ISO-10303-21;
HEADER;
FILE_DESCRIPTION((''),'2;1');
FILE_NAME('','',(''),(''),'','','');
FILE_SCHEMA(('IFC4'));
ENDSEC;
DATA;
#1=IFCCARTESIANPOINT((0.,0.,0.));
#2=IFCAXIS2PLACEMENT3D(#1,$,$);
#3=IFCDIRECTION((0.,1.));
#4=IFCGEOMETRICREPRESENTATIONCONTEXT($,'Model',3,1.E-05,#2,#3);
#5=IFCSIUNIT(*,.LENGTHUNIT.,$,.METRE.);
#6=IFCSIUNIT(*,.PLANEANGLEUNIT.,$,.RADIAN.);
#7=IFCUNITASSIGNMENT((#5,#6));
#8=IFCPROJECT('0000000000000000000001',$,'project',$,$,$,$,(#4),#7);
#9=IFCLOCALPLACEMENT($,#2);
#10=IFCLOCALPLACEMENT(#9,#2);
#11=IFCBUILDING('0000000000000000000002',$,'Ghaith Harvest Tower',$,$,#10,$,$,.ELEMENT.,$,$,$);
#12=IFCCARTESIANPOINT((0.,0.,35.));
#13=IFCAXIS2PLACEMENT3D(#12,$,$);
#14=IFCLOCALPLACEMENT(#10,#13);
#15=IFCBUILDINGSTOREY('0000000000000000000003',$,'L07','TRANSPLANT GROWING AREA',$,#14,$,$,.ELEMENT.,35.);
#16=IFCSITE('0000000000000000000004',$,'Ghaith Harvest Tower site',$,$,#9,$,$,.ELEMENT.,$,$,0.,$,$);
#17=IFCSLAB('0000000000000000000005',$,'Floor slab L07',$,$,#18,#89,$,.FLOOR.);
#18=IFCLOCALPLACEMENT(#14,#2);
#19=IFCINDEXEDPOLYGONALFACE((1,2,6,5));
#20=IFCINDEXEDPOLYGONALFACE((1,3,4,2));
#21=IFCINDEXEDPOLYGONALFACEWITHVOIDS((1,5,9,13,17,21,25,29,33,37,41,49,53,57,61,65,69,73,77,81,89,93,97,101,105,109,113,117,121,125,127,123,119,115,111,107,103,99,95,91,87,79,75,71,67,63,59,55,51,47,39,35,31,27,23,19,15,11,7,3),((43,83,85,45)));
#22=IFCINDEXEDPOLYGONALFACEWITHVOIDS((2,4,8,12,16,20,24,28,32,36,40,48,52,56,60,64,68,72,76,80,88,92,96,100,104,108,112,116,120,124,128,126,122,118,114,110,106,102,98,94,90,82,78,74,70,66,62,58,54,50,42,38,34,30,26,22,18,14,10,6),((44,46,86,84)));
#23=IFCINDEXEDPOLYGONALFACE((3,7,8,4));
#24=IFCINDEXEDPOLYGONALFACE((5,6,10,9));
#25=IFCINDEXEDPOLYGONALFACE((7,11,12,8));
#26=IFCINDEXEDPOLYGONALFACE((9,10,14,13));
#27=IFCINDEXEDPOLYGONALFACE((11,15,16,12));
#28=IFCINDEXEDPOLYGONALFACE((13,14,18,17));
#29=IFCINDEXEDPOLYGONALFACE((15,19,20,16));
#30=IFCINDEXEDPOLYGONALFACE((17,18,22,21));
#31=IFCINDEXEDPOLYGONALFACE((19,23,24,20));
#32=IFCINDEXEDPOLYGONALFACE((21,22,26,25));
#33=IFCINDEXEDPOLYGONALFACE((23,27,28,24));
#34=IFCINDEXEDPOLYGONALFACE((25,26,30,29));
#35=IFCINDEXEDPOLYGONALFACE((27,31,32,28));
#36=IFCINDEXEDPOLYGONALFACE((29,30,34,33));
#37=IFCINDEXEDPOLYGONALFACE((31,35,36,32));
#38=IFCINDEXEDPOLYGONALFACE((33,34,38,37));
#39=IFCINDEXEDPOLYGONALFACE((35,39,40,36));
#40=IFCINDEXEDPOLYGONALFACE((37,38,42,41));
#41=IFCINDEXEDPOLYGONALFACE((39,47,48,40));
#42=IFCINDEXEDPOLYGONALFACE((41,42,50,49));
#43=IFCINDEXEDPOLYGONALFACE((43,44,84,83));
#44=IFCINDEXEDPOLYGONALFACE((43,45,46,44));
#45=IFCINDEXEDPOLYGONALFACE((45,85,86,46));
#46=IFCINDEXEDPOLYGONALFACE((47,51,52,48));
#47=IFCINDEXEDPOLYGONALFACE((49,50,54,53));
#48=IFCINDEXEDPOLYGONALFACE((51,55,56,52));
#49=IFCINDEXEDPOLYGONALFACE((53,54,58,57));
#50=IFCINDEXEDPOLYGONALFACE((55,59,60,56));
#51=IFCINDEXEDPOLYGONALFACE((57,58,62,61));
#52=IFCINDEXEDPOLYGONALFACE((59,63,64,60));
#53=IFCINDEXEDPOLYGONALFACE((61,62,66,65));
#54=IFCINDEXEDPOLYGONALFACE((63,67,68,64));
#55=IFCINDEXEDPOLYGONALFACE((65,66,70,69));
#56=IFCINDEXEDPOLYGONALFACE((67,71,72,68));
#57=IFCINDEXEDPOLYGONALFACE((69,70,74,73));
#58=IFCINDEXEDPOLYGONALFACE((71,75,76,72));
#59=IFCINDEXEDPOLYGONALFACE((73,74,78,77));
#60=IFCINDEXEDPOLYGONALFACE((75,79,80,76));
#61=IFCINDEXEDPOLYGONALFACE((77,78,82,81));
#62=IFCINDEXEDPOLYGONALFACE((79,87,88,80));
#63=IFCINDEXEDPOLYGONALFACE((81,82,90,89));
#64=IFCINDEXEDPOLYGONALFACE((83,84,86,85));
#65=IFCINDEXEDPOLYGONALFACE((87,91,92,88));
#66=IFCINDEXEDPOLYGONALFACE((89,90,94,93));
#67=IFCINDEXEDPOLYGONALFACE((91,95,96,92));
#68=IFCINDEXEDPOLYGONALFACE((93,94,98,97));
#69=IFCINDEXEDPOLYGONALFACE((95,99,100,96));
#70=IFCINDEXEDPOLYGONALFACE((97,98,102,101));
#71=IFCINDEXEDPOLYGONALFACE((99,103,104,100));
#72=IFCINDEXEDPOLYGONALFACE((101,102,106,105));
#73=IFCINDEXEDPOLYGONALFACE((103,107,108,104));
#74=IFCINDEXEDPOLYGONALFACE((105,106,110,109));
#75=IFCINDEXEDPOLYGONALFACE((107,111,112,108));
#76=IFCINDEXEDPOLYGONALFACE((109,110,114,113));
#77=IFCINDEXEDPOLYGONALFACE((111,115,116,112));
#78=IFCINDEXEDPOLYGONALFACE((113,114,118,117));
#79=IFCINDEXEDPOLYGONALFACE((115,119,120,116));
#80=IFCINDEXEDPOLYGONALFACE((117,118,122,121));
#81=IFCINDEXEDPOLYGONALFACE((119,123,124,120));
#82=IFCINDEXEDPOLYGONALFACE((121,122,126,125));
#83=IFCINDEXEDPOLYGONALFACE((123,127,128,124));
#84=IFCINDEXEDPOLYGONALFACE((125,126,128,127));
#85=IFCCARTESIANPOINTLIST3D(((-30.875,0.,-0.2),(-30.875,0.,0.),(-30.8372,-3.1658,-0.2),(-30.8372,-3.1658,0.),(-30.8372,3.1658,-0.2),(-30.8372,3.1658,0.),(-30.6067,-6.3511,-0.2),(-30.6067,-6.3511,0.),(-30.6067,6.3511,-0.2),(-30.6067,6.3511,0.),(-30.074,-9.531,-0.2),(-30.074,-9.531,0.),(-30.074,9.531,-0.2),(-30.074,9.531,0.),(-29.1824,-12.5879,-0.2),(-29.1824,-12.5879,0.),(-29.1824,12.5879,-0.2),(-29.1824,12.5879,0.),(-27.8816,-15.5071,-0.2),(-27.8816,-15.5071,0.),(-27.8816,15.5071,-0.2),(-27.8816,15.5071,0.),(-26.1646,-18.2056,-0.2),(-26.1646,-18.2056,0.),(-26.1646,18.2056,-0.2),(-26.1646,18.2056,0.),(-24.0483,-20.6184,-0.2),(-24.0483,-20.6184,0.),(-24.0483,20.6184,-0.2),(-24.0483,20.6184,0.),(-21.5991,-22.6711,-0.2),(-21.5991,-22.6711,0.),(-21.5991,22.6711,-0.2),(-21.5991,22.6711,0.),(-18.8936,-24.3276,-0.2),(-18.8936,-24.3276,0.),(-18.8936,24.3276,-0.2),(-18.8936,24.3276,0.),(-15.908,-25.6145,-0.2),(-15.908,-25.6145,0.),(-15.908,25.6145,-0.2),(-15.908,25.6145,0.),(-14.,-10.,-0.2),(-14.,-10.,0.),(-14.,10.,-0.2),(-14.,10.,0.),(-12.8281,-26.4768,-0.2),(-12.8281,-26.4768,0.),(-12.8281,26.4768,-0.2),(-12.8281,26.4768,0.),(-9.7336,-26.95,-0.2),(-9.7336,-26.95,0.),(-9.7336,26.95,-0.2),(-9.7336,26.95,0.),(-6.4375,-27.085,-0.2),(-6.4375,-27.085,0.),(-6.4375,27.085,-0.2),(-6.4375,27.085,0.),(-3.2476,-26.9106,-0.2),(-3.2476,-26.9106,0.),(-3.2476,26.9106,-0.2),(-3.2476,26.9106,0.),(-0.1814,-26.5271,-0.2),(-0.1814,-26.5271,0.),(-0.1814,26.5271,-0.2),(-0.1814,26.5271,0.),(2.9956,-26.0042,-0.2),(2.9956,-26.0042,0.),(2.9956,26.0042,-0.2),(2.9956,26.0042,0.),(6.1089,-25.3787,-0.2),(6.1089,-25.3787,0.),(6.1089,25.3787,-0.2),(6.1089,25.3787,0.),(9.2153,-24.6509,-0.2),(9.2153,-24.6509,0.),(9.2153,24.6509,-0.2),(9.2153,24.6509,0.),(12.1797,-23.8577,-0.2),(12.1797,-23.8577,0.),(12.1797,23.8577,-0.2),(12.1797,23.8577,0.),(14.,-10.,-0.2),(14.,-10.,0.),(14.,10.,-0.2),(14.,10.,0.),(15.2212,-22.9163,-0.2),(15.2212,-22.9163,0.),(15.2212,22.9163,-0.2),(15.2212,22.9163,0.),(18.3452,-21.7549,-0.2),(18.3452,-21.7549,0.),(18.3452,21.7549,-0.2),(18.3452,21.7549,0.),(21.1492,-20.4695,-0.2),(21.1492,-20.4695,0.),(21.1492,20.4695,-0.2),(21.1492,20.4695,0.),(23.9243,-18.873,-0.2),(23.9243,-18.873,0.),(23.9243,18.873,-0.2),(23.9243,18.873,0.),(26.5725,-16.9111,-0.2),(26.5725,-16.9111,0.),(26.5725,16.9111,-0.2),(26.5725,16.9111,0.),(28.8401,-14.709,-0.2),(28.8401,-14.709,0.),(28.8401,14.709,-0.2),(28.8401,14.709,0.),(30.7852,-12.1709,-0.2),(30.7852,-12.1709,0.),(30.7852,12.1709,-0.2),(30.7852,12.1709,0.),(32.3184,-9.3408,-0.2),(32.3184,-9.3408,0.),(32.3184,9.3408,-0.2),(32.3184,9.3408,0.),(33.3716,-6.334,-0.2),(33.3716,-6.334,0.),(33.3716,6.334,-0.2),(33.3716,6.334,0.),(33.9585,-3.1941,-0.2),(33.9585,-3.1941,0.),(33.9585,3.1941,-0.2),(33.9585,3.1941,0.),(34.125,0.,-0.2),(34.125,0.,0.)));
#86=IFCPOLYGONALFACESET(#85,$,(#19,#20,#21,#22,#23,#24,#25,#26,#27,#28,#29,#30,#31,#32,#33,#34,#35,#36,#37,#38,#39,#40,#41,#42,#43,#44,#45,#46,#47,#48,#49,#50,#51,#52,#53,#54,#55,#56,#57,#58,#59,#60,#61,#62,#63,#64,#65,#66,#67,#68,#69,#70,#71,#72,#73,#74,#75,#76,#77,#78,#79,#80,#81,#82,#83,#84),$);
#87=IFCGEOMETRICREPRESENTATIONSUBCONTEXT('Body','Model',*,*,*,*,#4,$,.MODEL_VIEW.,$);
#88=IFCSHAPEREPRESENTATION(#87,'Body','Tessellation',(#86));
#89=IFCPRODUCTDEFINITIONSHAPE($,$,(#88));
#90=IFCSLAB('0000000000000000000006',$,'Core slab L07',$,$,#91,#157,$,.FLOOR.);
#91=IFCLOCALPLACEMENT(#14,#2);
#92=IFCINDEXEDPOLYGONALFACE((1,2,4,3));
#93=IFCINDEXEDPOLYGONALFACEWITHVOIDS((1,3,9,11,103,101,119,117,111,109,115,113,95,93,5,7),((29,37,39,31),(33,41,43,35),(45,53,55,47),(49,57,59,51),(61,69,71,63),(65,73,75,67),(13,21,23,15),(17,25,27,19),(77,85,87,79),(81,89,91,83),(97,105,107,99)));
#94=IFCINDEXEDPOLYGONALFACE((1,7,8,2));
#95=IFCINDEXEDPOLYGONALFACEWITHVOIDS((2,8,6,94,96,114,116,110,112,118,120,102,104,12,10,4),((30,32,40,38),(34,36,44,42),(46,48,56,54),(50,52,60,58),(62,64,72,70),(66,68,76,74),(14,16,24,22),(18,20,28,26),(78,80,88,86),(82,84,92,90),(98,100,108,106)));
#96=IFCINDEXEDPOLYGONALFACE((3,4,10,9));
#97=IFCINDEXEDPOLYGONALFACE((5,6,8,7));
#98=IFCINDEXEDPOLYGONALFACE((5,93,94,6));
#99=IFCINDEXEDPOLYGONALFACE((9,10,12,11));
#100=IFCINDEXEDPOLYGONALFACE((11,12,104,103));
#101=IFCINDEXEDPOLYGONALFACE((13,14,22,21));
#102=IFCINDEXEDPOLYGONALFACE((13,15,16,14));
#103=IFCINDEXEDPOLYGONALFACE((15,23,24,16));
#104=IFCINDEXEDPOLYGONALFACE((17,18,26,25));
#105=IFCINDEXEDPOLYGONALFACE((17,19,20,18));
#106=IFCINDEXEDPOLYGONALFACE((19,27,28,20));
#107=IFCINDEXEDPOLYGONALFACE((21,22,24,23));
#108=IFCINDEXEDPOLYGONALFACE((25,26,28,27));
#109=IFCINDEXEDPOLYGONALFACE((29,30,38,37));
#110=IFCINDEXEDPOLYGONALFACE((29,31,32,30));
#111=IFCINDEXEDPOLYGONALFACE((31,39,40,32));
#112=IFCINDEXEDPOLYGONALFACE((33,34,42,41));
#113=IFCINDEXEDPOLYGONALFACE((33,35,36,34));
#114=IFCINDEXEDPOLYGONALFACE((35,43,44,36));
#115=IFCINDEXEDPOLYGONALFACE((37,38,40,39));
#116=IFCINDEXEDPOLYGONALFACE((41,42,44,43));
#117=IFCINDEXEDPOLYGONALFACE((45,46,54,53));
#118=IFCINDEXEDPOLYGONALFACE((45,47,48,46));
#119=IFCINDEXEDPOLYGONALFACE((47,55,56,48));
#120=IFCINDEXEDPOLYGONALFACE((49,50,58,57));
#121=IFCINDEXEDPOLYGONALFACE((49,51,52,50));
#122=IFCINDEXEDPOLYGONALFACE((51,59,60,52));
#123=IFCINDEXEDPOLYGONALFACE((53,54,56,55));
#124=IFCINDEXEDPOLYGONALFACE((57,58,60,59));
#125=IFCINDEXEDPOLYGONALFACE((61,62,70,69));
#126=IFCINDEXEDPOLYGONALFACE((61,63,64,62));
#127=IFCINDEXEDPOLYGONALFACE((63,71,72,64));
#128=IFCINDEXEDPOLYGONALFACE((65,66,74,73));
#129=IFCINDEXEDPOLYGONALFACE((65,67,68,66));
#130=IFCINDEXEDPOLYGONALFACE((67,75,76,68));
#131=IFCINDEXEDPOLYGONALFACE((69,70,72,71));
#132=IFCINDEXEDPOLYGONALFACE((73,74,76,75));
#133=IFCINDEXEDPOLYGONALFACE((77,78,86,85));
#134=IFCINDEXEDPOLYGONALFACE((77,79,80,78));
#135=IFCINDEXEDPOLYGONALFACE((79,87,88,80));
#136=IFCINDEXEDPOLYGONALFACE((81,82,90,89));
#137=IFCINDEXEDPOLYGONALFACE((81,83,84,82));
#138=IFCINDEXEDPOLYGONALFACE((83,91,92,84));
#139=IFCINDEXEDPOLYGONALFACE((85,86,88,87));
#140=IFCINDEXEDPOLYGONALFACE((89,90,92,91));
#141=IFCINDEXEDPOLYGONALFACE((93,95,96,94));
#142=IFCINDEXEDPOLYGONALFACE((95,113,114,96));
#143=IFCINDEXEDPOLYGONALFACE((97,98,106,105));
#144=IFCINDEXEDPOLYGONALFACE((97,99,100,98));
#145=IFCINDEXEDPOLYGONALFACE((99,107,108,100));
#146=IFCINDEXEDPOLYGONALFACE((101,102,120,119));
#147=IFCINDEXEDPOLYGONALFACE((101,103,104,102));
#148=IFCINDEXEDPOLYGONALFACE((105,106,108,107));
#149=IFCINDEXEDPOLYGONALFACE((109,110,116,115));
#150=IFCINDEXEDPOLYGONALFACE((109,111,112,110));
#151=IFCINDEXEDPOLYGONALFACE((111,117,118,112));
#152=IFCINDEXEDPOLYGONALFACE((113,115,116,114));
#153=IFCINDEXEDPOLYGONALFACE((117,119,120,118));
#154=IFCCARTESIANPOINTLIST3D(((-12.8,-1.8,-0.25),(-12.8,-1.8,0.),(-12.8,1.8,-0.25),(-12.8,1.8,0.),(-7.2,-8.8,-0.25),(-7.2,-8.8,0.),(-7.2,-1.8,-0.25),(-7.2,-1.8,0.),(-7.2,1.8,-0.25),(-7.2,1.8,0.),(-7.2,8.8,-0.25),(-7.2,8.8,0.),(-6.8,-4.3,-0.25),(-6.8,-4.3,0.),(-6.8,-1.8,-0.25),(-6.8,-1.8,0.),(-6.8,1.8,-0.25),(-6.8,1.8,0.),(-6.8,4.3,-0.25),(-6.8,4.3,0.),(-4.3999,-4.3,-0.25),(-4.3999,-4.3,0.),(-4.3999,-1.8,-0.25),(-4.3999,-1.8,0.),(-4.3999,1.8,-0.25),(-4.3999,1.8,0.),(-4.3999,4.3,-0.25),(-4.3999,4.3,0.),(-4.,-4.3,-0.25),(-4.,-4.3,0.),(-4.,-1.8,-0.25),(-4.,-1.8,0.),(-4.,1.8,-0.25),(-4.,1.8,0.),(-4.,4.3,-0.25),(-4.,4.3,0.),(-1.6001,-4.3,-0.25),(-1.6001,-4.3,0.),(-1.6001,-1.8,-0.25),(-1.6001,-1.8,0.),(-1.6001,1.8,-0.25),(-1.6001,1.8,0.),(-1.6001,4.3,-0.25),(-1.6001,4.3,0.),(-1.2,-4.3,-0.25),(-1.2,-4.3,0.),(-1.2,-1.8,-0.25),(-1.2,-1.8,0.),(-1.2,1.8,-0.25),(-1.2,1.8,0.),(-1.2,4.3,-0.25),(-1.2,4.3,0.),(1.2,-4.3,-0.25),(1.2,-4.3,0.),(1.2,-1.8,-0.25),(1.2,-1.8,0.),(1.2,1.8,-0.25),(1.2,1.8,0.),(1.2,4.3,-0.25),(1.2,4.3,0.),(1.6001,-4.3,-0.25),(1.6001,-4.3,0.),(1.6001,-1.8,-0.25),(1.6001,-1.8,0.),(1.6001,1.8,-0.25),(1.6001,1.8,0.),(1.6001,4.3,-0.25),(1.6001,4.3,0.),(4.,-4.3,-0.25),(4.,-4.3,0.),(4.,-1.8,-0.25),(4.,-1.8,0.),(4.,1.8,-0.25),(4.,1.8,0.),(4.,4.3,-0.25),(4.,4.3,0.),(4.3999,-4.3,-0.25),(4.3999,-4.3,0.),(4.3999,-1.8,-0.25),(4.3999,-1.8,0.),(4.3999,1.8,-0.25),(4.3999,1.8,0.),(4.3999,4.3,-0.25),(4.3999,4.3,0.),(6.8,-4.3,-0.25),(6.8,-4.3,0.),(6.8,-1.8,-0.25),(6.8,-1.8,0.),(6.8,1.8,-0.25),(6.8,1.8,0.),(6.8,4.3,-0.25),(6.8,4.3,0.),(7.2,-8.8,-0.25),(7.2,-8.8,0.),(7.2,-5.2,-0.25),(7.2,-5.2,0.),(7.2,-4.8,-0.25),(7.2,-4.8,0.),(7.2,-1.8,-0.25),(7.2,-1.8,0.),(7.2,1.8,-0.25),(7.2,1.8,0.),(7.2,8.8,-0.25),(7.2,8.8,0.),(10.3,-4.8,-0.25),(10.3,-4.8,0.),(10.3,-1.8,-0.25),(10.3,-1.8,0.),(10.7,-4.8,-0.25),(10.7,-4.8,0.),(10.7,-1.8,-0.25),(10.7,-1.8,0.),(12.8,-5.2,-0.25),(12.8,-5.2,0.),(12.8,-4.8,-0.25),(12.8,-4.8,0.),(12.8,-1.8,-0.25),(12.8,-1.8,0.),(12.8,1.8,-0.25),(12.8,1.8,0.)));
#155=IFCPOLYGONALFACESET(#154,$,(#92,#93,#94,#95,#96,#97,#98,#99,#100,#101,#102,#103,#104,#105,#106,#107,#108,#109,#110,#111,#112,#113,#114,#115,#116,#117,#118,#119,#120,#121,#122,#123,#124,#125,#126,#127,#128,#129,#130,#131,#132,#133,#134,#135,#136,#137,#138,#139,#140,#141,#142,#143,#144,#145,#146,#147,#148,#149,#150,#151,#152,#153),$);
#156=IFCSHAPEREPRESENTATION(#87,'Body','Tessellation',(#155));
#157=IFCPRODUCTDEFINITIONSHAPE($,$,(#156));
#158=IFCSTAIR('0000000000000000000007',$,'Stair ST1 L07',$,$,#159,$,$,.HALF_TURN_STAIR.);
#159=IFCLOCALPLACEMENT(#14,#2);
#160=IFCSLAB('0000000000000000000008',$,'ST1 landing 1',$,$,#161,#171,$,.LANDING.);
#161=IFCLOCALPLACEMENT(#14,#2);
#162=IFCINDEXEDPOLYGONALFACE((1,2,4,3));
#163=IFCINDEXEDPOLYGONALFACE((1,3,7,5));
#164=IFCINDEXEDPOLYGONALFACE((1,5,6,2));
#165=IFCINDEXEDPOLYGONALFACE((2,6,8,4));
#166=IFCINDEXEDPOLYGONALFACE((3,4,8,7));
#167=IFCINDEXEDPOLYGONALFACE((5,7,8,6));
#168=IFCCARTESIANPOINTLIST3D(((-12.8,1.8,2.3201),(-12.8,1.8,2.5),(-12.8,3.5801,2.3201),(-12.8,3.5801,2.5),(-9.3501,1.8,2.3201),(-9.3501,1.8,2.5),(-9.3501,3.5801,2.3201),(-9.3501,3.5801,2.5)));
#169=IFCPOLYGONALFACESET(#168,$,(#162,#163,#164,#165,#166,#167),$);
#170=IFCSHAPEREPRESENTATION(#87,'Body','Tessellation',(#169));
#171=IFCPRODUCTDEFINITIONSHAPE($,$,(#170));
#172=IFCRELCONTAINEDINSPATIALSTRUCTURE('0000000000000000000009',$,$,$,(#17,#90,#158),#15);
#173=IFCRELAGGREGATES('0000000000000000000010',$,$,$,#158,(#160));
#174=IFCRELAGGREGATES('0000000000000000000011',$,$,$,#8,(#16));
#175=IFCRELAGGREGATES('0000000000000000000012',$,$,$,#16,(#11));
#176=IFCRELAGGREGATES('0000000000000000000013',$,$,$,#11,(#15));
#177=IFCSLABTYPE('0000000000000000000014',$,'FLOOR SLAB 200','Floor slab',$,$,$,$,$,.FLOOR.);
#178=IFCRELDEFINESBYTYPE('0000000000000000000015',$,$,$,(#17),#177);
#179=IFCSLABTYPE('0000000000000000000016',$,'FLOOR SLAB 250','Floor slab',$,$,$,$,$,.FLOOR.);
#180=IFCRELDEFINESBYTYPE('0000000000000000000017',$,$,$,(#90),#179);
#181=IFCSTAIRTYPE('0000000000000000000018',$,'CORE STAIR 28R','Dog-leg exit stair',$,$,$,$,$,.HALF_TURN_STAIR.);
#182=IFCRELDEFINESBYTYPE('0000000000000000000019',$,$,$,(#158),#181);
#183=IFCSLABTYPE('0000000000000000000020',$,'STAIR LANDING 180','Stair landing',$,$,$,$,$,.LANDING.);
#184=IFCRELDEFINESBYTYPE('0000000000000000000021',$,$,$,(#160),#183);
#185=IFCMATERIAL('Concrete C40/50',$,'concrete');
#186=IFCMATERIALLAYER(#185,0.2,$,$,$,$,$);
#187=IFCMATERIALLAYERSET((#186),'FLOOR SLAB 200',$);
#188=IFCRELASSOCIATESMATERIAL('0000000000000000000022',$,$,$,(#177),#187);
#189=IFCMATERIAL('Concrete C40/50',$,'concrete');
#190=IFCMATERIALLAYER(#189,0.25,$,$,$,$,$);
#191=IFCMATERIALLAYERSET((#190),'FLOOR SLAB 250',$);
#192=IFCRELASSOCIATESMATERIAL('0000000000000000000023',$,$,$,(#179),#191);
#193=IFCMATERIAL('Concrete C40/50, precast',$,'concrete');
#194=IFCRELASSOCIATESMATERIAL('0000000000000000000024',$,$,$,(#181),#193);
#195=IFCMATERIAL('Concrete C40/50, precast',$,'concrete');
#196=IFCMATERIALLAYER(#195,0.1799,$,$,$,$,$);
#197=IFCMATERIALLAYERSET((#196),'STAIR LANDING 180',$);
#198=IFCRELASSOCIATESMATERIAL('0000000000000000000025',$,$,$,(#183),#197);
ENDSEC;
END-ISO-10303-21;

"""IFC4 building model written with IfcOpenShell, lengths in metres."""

from ifc_helpers import new_model, si_unit, direction, frame, origin, place, context, subcontext, project, spatial, polyline, outline, extrude, material, layer, layer_set, type_object, element, aggregate, save


model = new_model("IFC4")

# Units and contexts
model_context = context("Model", 3, precision=1e-05, world=origin(), true_north=direction((0.0, 1.0)))
body_context = subcontext(model_context, "Body", "Model", "MODEL_VIEW")
ifc_project = project(units=[si_unit("LENGTHUNIT", "METRE"), si_unit("PLANEANGLEUNIT", "RADIAN")], contexts=[model_context])

# Site, building, storey
site_placement = place(None, origin())
site = spatial("IfcSite", under=ifc_project, at=site_placement, Name="Ghaith Harvest Tower site", CompositionType="ELEMENT", RefElevation=0.0)
building_placement = place(site_placement, origin())
building = spatial("IfcBuilding", under=site, at=building_placement, Name="Ghaith Harvest Tower", CompositionType="ELEMENT")
storey_placement = place(building_placement, frame((0.0, 0.0, 35.0)))
storey = spatial("IfcBuildingStorey", under=building, at=storey_placement, Name="L07", Description="TRANSPLANT GROWING AREA", CompositionType="ELEMENT", Elevation=35.0)

# Slabs
ifc_material_1 = material(Name="Concrete C40/50", Category="concrete")
ifc_layer_1 = layer(ifc_material_1, 0.2)
ifc_layer_set_1 = layer_set([ifc_layer_1], Name="FLOOR SLAB 200")
slab_type_1 = type_object("IfcSlabType", Name="FLOOR SLAB 200", Description="Floor slab", PredefinedType="FLOOR", material=ifc_layer_set_1)
slab_1_placement = place(storey_placement, frame((0.0, 0.0, -0.2)))
element("IfcSlab", 1, at=slab_1_placement, inside=storey, type_object=slab_type_1, Name="Floor slab L07", PredefinedType="FLOOR", context=body_context, shape_type="SweptSolid", body=[
    extrude(outline(polyline([(34.125, 0.0), (33.9585, 3.1941), (33.3716, 6.334), (32.3184, 9.3408), (30.7852, 12.1709), (28.8401, 14.709), (26.5725, 16.9111), (23.9243, 18.873), (21.1492, 20.4695), (18.3452, 21.7549), (15.2212, 22.9163), (12.1797, 23.8577), (9.2153, 24.6509), (6.1089, 25.3787), (2.9956, 26.0042), (-0.1814, 26.5271), (-3.2476, 26.9106), (-6.4375, 27.085), (-9.7336, 26.95), (-12.8281, 26.4768), (-15.908, 25.6145), (-18.8936, 24.3276), (-21.5991, 22.6711), (-24.0483, 20.6184), (-26.1646, 18.2056), (-27.8816, 15.5071), (-29.1824, 12.5879), (-30.074, 9.531), (-30.6067, 6.3511), (-30.8372, 3.1658), (-30.875, 0.0), (-30.8372, -3.1658), (-30.6067, -6.3511), (-30.074, -9.531), (-29.1824, -12.5879), (-27.8816, -15.5071), (-26.1646, -18.2056), (-24.0483, -20.6184), (-21.5991, -22.6711), (-18.8936, -24.3276), (-15.908, -25.6145), (-12.8281, -26.4768), (-9.7336, -26.95), (-6.4375, -27.085), (-3.2476, -26.9106), (-0.1814, -26.5271), (2.9956, -26.0042), (6.1089, -25.3787), (9.2153, -24.6509), (12.1797, -23.8577), (15.2212, -22.9163), (18.3452, -21.7549), (21.1492, -20.4695), (23.9243, -18.873), (26.5725, -16.9111), (28.8401, -14.709), (30.7852, -12.1709), (32.3184, -9.3408), (33.3716, -6.334), (33.9585, -3.1941), (34.125, 0.0)]), holes=[polyline([(-14.0, -10.0), (14.0, -10.0), (14.0, 10.0), (-14.0, 10.0), (-14.0, -10.0)])]), origin(), (0.0, 0.0, 1.0), 0.2),
])
ifc_material_2 = material(Name="Concrete C40/50", Category="concrete")
ifc_layer_2 = layer(ifc_material_2, 0.25)
ifc_layer_set_2 = layer_set([ifc_layer_2], Name="FLOOR SLAB 250")
slab_type_2 = type_object("IfcSlabType", Name="FLOOR SLAB 250", Description="Floor slab", PredefinedType="FLOOR", material=ifc_layer_set_2)
slab_2_placement = place(storey_placement, frame((0.0, 0.0, -0.25)))
element("IfcSlab", 2, at=slab_2_placement, inside=storey, type_object=slab_type_2, Name="Core slab L07", PredefinedType="FLOOR", context=body_context, shape_type="SweptSolid", body=[
    extrude(outline(polyline([(-12.8, 1.8), (-7.2, 1.8), (-7.2, 8.8), (7.2, 8.8), (7.2, 1.8), (12.8, 1.8), (12.8, -1.8), (10.7, -1.8), (10.7, -4.8), (12.8, -4.8), (12.8, -5.2), (7.2, -5.2), (7.2, -8.8), (-7.2, -8.8), (-7.2, -1.8), (-12.8, -1.8), (-12.8, 1.8)]), holes=[polyline([(-4.3999, -4.3), (-4.3999, -1.8), (-6.8, -1.8), (-6.8, -4.3), (-4.3999, -4.3)]), polyline([(-1.6001, -4.3), (-1.6001, -1.8), (-4.0, -1.8), (-4.0, -4.3), (-1.6001, -4.3)]), polyline([(1.2, -4.3), (1.2, -1.8), (-1.2, -1.8), (-1.2, -4.3), (1.2, -4.3)]), polyline([(-4.3999, 1.8), (-4.3999, 4.3), (-6.8, 4.3), (-6.8, 1.8), (-4.3999, 1.8)]), polyline([(-1.6001, 1.8), (-1.6001, 4.3), (-4.0, 4.3), (-4.0, 1.8), (-1.6001, 1.8)]), polyline([(1.2, 1.8), (1.2, 4.3), (-1.2, 4.3), (-1.2, 1.8), (1.2, 1.8)]), polyline([(10.3, -4.8), (10.3, -1.8), (7.2, -1.8), (7.2, -4.8), (10.3, -4.8)]), polyline([(4.0, -4.3), (4.0, -1.8), (1.6001, -1.8), (1.6001, -4.3), (4.0, -4.3)]), polyline([(6.8, -4.3), (6.8, -1.8), (4.3999, -1.8), (4.3999, -4.3), (6.8, -4.3)]), polyline([(4.0, 1.8), (4.0, 4.3), (1.6001, 4.3), (1.6001, 1.8), (4.0, 1.8)]), polyline([(6.8, 1.8), (6.8, 4.3), (4.3999, 4.3), (4.3999, 1.8), (6.8, 1.8)])]), origin(), (0.0, 0.0, 1.0), 0.25),
])

# Stair, slab
ifc_material_3 = material(Name="Concrete C40/50, precast", Category="concrete")
stair_type = type_object("IfcStairType", Name="CORE STAIR 28R", Description="Dog-leg exit stair", PredefinedType="HALF_TURN_STAIR", material=ifc_material_3)
stair_placement = place(storey_placement, origin())
stair = element("IfcStair", 3, at=stair_placement, inside=storey, type_object=stair_type, Name="Stair ST1 L07", PredefinedType="HALF_TURN_STAIR")
ifc_material_4 = material(Name="Concrete C40/50, precast", Category="concrete")
ifc_layer_3 = layer(ifc_material_4, 0.1799)
ifc_layer_set_3 = layer_set([ifc_layer_3], Name="STAIR LANDING 180")
slab_type_3 = type_object("IfcSlabType", Name="STAIR LANDING 180", Description="Stair landing", PredefinedType="LANDING", material=ifc_layer_set_3)
slab_3_placement = place(storey_placement, frame((0.0, 0.0, 2.3201)))
slab_3 = element("IfcSlab", 4, at=slab_3_placement, type_object=slab_type_3, Name="ST1 landing 1", PredefinedType="LANDING", context=body_context, shape_type="SweptSolid", body=[
    extrude(outline(polyline([(-12.8, 3.5801), (-12.8, 1.8), (-9.3501, 1.8), (-9.3501, 3.5801), (-12.8, 3.5801)])), origin(), (0.0, 0.0, 1.0), 0.1799),
])
aggregate(stair, [slab_3])

save(model, "model.ifc")
